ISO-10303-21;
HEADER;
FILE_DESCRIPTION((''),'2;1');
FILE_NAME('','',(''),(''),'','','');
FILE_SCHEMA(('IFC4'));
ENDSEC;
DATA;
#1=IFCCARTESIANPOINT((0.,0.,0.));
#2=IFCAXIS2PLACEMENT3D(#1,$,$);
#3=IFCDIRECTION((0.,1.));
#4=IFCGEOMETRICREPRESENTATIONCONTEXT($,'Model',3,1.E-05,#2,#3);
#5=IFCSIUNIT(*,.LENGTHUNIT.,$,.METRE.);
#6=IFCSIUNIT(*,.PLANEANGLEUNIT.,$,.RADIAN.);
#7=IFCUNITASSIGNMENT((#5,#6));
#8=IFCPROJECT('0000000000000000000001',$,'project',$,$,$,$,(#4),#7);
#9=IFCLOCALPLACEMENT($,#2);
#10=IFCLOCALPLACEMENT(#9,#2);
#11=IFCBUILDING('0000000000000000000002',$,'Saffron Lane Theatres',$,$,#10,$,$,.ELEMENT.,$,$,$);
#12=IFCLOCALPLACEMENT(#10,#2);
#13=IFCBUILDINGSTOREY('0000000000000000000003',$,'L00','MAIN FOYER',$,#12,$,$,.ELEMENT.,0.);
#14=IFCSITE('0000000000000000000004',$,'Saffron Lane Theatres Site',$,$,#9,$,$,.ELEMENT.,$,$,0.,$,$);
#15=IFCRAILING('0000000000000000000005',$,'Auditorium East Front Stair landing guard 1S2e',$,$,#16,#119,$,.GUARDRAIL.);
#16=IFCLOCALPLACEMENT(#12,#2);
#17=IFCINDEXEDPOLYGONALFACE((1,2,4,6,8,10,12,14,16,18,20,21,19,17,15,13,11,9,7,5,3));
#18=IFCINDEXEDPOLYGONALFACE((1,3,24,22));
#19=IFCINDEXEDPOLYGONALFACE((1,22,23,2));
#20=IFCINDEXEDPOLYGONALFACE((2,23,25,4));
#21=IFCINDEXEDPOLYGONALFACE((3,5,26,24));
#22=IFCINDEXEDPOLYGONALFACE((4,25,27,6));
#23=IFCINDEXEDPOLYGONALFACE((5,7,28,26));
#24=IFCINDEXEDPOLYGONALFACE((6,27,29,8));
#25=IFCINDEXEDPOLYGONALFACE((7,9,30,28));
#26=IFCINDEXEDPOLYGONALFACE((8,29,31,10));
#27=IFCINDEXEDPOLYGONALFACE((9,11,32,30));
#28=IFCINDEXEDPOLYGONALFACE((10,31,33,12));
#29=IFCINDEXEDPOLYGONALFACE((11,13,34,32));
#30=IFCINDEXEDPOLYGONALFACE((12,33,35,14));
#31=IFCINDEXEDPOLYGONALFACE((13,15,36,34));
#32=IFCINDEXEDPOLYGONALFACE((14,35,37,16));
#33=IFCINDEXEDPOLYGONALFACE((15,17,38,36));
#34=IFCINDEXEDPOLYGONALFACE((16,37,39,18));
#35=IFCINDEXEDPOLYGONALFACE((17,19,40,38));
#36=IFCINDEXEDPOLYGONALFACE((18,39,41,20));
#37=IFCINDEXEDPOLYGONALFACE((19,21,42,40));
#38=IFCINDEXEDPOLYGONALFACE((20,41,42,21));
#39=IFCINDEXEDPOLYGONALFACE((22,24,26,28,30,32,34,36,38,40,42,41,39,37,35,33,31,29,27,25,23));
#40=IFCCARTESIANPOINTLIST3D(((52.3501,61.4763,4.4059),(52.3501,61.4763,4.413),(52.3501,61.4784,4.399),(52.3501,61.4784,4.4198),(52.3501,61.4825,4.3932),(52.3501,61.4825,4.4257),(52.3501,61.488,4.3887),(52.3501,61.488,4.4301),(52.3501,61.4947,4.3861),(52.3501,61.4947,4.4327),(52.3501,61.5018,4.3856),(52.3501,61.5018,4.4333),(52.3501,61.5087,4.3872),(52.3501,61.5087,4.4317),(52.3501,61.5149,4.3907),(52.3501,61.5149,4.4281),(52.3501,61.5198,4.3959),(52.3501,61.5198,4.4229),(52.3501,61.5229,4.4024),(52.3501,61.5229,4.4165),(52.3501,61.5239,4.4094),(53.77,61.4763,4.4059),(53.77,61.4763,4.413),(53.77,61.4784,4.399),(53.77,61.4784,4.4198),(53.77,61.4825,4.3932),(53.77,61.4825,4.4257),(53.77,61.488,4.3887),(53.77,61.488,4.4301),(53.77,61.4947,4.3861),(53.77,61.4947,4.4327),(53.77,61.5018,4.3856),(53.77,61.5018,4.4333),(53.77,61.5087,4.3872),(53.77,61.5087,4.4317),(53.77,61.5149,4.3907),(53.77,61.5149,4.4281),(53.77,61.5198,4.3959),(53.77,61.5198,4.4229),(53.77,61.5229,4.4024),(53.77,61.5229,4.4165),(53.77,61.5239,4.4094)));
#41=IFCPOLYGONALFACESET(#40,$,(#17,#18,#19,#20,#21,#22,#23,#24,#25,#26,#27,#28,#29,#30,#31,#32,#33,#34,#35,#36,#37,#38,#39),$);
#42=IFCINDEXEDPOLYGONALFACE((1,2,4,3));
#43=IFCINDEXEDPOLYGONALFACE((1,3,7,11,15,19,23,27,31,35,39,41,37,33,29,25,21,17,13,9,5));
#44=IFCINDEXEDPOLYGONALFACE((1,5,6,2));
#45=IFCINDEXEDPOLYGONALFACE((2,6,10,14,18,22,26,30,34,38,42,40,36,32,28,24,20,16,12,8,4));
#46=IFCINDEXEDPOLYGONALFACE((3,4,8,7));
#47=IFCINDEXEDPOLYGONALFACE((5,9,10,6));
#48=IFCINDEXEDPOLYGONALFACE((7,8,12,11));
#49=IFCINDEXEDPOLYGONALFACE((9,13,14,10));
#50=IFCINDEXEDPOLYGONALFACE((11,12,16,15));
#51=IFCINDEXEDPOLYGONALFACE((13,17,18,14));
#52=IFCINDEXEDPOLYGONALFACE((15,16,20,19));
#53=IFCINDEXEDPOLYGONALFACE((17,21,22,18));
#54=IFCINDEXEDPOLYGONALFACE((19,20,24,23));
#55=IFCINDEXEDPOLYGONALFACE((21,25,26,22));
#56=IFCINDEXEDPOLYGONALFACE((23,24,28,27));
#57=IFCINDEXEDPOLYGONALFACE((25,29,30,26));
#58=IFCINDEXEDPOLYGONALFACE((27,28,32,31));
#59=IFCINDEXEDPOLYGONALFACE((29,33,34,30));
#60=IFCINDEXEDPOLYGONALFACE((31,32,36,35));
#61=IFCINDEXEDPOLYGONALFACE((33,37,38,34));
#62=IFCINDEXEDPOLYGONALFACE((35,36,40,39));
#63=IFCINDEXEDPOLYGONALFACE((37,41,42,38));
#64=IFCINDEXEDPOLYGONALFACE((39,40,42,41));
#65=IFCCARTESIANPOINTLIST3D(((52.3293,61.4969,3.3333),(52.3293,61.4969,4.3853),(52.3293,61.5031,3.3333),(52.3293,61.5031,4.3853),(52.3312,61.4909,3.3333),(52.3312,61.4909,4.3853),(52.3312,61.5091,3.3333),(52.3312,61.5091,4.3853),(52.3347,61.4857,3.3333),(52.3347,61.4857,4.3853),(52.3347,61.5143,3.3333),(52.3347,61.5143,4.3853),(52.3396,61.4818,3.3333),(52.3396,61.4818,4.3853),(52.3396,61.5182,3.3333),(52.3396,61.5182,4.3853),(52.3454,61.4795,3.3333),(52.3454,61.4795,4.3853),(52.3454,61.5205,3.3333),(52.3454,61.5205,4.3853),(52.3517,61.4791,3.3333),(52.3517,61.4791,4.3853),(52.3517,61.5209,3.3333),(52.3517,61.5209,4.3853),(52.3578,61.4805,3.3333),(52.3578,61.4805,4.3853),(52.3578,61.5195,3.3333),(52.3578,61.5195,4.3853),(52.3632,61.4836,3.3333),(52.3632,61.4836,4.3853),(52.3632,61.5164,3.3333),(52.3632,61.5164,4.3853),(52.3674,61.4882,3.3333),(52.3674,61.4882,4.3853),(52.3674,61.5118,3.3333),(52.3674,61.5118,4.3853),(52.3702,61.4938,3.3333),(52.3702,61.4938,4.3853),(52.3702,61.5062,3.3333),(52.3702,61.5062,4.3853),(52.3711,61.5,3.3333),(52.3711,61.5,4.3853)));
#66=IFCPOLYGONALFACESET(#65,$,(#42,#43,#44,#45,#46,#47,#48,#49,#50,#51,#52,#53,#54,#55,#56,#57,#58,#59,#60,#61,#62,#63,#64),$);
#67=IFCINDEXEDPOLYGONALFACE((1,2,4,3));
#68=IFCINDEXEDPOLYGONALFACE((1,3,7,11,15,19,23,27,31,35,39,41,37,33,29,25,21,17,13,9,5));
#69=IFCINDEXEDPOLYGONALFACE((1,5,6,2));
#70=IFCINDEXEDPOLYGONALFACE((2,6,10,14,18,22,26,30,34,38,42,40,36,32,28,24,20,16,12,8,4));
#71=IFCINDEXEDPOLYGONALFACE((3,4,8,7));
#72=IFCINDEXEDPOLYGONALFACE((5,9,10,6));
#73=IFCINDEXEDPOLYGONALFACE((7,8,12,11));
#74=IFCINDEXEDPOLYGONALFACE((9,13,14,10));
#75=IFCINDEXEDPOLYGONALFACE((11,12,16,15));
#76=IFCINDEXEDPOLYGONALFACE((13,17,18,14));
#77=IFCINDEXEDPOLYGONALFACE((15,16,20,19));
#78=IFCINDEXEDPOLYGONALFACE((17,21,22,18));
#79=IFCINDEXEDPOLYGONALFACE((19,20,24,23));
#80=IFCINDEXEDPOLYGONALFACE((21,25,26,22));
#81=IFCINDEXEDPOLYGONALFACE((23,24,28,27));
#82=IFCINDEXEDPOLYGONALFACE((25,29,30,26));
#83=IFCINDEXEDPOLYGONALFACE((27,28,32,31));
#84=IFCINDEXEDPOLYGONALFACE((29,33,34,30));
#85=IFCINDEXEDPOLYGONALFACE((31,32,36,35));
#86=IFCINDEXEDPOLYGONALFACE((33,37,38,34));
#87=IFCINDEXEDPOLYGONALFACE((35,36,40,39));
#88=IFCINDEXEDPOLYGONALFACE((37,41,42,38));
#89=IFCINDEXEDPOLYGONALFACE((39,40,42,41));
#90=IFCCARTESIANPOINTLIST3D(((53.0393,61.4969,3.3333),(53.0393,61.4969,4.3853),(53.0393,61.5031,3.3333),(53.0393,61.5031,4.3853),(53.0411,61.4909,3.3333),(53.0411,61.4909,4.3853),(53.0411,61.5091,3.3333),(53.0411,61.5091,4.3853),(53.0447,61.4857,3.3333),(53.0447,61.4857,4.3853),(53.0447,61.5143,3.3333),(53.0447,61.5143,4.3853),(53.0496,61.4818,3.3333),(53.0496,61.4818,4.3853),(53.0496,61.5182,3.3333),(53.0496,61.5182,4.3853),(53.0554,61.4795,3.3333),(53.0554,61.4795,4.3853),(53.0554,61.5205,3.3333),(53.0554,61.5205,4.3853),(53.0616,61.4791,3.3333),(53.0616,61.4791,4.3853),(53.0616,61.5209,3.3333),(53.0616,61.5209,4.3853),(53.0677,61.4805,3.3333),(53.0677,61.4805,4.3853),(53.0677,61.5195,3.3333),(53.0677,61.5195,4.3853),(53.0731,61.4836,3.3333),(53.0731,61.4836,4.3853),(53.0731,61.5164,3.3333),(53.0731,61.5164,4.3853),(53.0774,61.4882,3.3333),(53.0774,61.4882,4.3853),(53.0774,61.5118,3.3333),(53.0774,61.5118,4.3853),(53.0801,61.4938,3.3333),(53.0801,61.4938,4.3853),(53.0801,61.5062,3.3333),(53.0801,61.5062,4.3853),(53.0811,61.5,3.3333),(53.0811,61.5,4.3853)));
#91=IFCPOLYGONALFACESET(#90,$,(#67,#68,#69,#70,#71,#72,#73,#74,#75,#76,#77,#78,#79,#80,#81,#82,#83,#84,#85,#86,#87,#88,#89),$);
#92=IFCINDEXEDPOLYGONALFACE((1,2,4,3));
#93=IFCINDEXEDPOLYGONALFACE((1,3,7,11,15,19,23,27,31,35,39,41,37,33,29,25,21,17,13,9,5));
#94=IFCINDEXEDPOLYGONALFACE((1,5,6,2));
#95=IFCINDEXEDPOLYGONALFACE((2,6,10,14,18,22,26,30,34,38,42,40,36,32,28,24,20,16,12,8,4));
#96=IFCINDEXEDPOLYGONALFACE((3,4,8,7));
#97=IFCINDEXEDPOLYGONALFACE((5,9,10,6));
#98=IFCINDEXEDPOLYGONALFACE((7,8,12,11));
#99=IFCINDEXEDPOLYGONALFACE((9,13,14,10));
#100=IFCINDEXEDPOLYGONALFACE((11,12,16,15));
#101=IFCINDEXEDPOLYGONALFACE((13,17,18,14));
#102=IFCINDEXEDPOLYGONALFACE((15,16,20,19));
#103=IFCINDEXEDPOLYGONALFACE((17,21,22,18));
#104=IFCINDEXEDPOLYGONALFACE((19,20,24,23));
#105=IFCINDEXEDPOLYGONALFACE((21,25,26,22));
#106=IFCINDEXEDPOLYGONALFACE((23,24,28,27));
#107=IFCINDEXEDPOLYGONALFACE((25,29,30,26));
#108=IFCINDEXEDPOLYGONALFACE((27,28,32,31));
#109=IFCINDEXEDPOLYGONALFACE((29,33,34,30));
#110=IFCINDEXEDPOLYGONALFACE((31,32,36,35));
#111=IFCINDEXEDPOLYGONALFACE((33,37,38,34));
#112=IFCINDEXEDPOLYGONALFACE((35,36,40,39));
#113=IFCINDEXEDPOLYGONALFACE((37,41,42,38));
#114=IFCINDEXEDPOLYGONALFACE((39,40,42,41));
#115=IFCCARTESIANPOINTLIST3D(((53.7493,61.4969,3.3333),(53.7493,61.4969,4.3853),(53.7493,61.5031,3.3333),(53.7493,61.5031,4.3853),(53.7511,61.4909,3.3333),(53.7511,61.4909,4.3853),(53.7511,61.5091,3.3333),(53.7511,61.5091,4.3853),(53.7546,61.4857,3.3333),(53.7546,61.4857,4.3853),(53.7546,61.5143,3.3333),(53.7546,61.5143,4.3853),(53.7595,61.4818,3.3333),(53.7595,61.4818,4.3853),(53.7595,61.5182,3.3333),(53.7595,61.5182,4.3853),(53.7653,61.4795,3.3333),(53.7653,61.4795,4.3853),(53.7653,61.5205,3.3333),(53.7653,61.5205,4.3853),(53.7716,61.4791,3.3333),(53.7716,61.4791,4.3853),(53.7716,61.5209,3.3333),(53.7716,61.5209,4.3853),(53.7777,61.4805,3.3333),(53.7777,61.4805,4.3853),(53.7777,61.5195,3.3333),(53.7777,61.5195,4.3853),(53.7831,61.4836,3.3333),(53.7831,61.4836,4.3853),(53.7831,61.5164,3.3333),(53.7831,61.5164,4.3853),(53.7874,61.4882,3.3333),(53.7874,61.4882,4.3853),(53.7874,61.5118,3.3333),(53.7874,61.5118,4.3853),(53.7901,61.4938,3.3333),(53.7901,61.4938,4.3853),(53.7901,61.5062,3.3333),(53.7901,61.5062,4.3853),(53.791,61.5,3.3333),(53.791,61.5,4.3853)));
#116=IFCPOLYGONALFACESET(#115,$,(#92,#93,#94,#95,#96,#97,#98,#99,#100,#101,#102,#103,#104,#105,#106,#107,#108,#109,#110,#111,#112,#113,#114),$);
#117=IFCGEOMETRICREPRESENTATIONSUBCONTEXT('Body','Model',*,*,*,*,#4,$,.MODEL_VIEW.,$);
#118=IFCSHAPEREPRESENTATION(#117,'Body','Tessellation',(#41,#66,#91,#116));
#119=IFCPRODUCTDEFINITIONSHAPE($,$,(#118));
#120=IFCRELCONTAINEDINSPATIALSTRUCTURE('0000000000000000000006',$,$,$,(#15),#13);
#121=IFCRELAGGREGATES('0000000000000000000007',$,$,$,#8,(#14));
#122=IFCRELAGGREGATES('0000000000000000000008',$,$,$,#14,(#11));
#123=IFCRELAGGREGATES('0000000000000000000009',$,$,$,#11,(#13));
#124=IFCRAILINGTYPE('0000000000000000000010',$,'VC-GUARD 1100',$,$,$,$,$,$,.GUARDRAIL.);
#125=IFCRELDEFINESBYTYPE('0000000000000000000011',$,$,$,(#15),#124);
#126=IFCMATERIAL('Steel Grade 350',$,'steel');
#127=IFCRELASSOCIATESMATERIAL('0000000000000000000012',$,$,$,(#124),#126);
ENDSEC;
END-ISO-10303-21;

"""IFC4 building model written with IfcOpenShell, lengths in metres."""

from ifc_helpers import new_model, si_unit, direction, frame, origin, origin_2d, place, context, subcontext, project, spatial, circle, extrude, material, type_object, element, save


model = new_model("IFC4")

# Units and contexts
model_context = context("Model", 3, precision=1e-05, world=origin(), true_north=direction((0.0, 1.0)))
body_context = subcontext(model_context, "Body", "Model", "MODEL_VIEW")
ifc_project = project(units=[si_unit("LENGTHUNIT", "METRE"), si_unit("PLANEANGLEUNIT", "RADIAN")], contexts=[model_context])

# Site, building, storey
site_placement = place(None, origin())
site = spatial("IfcSite", under=ifc_project, at=site_placement, Name="Saffron Lane Theatres Site", CompositionType="ELEMENT", RefElevation=0.0)
building_placement = place(site_placement, origin())
building = spatial("IfcBuilding", under=site, at=building_placement, Name="Saffron Lane Theatres", CompositionType="ELEMENT")
storey_placement = place(building_placement, origin())
storey = spatial("IfcBuildingStorey", under=building, at=storey_placement, Name="L00", Description="MAIN FOYER", CompositionType="ELEMENT", Elevation=0.0)

# Railing
ifc_material_1 = material(Name="Steel Grade 350", Category="steel")
railing_type_1 = type_object("IfcRailingType", Name="VC-GUARD 1100", PredefinedType="GUARDRAIL", material=ifc_material_1)
railing_1_placement = place(storey_placement, frame((52.3501, 61.5, 3.3333)))
element("IfcRailing", 1, at=railing_1_placement, inside=storey, type_object=railing_type_1, Name="Auditorium East Front Stair landing guard 1S2e", PredefinedType="GUARDRAIL", context=body_context, shape_type="SweptSolid", body=[
    extrude(circle(Radius=0.0239, at=origin_2d()), frame((0.0, 0.0, 1.0762), z_axis=(1.0, 0.0, 0.0), x_axis=(0.0, 1.0, 0.0)), (0.0, 0.0, 1.0), 1.4199),
    extrude(circle(Radius=0.021, at=origin_2d()), origin(), (0.0, 0.0, 1.0), 1.052),
    extrude(circle(Radius=0.021, at=origin_2d()), frame((0.71, 0.0, 0.0)), (0.0, 0.0, 1.0), 1.052),
    extrude(circle(Radius=0.021, at=origin_2d()), frame((1.4199, 0.0, 0.0)), (0.0, 0.0, 1.0), 1.052),
])

save(model, "model.ifc")
